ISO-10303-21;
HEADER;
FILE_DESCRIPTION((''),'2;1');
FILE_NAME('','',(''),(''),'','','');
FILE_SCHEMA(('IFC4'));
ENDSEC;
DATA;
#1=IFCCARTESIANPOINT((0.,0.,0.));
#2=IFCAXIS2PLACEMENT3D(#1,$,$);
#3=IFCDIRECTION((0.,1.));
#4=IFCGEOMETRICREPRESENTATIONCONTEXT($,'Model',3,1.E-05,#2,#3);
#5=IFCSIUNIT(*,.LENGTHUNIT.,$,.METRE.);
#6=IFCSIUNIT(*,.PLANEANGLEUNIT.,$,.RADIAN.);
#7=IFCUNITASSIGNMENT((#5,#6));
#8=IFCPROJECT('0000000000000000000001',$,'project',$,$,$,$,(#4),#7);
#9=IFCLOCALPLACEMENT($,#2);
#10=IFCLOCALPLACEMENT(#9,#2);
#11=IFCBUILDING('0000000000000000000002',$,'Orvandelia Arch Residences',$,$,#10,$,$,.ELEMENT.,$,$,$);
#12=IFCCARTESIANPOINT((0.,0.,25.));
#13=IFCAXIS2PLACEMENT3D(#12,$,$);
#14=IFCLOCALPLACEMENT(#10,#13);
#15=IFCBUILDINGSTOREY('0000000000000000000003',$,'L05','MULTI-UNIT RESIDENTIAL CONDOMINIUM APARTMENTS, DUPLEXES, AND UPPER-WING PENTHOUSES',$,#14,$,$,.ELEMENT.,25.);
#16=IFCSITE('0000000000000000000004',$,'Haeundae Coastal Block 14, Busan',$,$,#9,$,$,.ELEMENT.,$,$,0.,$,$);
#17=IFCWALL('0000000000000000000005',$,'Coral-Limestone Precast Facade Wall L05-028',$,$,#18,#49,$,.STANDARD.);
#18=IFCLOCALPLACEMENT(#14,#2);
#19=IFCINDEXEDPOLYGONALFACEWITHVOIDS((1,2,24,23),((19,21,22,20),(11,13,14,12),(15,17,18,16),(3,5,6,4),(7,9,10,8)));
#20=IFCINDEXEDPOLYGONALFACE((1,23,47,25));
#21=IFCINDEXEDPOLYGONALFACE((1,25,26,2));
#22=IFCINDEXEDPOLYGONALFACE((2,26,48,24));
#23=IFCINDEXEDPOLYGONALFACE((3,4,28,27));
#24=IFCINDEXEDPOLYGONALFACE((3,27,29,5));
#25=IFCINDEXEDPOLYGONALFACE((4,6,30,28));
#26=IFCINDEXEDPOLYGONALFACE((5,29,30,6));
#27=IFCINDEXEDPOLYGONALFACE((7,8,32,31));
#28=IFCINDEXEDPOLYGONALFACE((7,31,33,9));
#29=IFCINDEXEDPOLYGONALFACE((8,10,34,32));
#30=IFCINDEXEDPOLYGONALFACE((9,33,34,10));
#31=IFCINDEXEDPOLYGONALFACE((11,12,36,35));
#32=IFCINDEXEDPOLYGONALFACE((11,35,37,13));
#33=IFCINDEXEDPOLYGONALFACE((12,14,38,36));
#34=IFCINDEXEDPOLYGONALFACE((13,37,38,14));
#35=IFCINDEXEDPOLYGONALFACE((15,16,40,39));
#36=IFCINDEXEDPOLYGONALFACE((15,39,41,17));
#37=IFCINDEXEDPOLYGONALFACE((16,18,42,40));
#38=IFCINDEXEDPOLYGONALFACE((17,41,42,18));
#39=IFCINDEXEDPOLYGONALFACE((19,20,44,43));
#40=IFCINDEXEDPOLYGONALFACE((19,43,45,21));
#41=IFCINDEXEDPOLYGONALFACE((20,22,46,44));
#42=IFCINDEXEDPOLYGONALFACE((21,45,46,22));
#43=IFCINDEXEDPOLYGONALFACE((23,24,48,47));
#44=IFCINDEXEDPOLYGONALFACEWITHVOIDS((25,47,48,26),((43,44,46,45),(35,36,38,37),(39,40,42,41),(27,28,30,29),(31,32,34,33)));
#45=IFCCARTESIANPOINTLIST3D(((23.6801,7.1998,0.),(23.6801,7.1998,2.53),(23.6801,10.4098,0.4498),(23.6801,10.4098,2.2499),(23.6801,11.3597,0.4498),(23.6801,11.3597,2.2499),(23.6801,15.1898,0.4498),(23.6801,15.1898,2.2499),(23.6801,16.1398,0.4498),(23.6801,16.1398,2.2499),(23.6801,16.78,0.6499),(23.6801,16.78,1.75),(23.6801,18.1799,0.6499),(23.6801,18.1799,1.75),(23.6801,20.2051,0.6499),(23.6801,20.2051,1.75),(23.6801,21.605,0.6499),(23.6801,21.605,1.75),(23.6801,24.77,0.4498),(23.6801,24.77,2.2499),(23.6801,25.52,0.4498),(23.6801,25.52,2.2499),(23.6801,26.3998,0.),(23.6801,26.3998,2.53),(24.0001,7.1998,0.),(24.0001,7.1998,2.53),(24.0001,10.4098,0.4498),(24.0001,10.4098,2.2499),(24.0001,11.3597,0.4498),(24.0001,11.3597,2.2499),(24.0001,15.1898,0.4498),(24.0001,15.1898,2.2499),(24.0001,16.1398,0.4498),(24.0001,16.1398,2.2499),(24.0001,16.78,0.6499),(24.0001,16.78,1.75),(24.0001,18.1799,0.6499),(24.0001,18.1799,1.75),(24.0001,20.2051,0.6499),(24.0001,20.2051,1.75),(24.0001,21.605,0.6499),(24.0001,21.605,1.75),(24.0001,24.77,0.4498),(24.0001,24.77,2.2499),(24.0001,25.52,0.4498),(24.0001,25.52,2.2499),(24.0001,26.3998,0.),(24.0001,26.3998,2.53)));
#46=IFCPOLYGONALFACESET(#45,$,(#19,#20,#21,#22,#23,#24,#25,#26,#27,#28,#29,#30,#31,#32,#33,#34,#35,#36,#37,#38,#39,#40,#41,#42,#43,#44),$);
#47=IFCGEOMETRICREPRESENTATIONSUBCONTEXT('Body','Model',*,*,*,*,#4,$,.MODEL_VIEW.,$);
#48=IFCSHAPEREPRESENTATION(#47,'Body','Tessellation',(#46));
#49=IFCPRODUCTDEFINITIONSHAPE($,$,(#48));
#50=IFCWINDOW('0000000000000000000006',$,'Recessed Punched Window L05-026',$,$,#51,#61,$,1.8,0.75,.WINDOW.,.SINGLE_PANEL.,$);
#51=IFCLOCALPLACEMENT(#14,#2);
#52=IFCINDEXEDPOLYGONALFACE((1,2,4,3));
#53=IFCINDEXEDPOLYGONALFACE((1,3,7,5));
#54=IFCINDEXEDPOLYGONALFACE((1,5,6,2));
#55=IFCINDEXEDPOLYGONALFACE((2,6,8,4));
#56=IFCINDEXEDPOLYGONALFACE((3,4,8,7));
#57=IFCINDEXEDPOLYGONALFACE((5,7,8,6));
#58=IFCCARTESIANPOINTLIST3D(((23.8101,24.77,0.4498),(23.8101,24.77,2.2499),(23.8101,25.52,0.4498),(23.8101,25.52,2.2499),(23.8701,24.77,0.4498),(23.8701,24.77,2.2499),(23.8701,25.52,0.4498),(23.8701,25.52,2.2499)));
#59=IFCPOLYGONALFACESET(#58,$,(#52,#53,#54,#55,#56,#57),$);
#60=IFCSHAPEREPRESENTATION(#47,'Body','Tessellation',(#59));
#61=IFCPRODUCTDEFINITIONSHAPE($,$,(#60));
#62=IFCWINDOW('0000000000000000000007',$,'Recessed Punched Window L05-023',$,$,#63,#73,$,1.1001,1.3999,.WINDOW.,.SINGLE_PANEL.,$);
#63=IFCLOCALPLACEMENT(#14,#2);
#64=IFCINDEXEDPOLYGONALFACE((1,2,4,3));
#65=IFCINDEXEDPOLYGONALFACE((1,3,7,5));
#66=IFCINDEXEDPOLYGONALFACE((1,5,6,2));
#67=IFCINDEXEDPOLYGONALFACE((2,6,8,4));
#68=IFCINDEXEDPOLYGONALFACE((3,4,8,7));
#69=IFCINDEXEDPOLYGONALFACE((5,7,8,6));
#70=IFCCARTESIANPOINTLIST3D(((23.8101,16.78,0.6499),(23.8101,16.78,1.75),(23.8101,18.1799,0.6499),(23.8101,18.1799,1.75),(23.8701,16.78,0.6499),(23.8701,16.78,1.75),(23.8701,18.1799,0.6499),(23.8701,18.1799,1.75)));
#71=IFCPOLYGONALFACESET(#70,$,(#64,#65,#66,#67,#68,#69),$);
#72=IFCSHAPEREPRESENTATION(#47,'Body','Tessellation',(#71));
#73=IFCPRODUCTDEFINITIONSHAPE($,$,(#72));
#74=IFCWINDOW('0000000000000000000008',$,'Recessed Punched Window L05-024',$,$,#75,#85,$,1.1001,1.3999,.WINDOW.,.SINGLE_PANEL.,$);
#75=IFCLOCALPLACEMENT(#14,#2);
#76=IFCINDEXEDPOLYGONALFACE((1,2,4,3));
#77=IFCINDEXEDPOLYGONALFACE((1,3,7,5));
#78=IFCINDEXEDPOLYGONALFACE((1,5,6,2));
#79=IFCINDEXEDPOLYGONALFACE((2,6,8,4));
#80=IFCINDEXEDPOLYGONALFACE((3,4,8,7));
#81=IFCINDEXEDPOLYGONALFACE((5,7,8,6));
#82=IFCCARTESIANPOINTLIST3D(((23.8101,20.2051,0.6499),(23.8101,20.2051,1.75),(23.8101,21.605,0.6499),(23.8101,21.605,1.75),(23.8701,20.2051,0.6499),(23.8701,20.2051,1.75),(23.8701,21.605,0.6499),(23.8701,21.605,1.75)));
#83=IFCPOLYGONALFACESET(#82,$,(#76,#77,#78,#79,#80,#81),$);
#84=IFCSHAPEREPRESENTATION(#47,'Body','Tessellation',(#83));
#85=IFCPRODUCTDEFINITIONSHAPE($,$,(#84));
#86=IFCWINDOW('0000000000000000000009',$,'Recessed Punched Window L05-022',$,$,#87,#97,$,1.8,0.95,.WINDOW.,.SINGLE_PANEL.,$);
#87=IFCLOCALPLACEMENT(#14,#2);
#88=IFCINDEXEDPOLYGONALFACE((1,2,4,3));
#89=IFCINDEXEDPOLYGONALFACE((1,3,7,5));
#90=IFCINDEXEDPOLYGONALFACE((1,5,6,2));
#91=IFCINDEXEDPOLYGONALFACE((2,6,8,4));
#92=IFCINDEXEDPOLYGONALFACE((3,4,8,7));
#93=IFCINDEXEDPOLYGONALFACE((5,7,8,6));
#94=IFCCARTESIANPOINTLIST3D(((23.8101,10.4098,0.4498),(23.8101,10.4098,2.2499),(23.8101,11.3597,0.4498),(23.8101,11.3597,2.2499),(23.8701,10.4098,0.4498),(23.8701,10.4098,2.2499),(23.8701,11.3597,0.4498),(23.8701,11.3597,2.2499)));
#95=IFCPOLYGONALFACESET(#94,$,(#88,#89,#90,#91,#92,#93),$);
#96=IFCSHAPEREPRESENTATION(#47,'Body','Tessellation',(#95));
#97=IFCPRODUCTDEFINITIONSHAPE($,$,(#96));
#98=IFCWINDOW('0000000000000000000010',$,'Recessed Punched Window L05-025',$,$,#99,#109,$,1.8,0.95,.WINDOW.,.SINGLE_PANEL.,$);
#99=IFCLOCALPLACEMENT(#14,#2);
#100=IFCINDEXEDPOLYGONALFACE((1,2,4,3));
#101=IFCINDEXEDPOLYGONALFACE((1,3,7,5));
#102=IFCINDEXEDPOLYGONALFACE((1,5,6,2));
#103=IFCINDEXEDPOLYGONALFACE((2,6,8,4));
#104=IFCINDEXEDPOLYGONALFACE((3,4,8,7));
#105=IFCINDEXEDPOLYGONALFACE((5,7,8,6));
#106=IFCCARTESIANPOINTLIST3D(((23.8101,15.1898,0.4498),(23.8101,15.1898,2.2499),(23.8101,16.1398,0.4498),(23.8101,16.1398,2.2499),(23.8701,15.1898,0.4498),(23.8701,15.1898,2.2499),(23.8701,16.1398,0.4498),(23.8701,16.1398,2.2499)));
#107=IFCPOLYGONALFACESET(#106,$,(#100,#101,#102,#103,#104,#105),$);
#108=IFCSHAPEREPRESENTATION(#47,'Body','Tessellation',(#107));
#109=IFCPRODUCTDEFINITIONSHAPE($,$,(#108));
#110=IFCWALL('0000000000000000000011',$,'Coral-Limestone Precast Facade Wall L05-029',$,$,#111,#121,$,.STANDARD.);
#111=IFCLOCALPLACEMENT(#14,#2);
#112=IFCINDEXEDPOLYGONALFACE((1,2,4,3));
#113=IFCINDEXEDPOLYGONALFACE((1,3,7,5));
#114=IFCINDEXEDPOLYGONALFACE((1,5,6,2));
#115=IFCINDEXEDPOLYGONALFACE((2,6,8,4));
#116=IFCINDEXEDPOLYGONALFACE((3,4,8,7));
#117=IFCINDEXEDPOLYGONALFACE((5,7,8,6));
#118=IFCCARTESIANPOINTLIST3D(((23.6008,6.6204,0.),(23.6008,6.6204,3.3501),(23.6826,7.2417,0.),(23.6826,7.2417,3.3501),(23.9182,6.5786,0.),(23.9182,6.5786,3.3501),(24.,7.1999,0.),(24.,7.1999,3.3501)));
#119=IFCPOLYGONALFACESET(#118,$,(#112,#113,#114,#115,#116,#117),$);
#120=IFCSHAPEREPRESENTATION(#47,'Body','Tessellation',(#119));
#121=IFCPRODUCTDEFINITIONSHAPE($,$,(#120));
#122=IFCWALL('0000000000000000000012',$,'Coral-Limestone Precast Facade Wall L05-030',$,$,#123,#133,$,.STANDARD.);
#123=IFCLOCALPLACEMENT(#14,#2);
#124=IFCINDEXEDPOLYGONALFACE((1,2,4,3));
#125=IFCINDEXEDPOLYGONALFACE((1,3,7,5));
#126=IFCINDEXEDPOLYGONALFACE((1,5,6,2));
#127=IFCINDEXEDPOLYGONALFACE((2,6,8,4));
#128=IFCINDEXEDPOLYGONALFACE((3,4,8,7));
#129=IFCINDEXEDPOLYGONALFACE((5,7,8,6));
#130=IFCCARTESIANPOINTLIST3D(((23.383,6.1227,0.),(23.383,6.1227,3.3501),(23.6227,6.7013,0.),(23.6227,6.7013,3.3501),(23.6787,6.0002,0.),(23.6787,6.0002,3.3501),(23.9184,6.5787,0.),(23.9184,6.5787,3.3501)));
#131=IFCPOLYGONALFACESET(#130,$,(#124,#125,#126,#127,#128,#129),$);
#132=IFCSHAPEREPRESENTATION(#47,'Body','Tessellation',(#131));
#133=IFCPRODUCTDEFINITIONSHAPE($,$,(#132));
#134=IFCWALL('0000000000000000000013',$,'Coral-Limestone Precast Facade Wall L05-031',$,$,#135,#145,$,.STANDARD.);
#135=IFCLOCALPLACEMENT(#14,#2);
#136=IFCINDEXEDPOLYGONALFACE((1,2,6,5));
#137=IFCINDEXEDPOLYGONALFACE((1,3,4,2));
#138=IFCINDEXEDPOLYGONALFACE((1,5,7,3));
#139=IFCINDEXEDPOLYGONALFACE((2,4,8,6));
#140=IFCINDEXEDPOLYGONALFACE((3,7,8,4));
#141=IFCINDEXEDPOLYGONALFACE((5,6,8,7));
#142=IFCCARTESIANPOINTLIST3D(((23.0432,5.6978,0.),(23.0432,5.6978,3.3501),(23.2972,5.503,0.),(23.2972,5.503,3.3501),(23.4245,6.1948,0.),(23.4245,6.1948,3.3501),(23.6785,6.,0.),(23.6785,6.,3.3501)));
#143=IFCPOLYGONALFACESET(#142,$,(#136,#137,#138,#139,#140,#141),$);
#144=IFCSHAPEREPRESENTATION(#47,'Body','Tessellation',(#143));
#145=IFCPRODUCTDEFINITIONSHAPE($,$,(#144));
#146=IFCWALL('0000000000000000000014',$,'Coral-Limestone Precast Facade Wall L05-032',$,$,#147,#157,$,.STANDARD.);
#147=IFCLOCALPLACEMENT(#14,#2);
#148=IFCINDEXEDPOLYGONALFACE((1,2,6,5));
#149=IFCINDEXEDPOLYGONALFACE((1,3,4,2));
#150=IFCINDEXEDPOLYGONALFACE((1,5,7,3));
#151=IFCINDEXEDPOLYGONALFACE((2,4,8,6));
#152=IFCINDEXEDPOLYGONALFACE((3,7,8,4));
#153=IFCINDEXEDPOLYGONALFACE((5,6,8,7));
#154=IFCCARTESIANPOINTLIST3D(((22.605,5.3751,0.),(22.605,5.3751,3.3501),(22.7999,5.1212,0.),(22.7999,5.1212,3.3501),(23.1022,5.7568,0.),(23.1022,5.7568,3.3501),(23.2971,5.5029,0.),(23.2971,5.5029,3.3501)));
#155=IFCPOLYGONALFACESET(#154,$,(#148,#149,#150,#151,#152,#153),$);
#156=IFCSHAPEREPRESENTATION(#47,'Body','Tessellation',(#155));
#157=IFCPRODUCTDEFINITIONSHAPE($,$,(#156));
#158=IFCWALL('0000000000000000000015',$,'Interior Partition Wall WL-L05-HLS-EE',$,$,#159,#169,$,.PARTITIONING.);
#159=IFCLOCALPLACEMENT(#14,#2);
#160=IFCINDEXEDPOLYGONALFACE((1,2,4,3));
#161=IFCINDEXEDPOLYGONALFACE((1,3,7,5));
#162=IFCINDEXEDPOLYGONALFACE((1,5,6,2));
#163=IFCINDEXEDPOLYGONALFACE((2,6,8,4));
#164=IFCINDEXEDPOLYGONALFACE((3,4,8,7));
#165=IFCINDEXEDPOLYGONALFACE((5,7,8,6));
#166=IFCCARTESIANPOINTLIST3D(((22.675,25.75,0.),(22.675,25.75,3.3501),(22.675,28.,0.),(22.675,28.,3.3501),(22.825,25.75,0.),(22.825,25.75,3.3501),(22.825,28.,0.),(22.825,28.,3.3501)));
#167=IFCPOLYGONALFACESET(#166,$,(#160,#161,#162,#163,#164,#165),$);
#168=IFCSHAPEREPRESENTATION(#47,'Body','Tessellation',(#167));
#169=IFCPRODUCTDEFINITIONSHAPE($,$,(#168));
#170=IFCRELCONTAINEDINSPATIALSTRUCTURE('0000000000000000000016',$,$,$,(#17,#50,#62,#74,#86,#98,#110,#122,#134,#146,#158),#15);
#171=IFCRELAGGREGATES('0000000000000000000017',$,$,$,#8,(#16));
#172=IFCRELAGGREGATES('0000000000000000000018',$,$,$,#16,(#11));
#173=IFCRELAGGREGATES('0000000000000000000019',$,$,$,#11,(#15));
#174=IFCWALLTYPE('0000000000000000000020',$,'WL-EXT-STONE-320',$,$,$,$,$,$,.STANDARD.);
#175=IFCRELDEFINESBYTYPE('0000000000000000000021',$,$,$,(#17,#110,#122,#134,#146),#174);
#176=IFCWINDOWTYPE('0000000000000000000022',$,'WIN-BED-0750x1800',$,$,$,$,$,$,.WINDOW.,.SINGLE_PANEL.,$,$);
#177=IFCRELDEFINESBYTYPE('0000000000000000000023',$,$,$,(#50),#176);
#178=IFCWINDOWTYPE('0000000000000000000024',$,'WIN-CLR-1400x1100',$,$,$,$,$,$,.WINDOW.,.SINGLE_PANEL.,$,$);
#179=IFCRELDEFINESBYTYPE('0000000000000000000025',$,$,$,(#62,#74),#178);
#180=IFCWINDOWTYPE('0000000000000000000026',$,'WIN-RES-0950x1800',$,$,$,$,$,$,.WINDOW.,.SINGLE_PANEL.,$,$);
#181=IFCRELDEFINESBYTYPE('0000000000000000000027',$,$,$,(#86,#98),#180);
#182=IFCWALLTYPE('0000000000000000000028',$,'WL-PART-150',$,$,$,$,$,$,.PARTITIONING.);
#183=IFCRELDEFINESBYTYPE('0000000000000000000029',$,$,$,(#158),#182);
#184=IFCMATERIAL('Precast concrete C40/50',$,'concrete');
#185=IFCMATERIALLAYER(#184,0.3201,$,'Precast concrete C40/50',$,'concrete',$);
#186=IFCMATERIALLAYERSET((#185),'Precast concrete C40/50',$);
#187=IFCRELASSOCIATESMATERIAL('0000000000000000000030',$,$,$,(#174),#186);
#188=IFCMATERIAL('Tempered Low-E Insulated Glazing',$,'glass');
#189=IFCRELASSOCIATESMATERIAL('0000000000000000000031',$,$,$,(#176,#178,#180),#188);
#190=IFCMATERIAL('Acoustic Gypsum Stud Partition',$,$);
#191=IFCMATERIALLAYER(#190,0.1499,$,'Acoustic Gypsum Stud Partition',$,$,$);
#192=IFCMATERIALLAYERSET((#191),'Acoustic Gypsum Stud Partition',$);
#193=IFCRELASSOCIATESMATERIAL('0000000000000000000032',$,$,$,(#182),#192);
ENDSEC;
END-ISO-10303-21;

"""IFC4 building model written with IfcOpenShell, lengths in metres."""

from ifc_helpers import new_model, si_unit, direction, frame, frame_2d, origin, place, context, subcontext, project, spatial, rectangle, extrude, material, layer, layer_set, type_object, element, fill, save


model = new_model("IFC4")

# Units and contexts
model_context = context("Model", 3, precision=1e-05, world=origin(), true_north=direction((0.0, 1.0)))
body_context = subcontext(model_context, "Body", "Model", "MODEL_VIEW")
ifc_project = project(units=[si_unit("LENGTHUNIT", "METRE"), si_unit("PLANEANGLEUNIT", "RADIAN")], contexts=[model_context])

# Site, building, storey
site_placement = place(None, origin())
site = spatial("IfcSite", under=ifc_project, at=site_placement, Name="Haeundae Coastal Block 14, Busan", CompositionType="ELEMENT", RefElevation=0.0)
building_placement = place(site_placement, origin())
building = spatial("IfcBuilding", under=site, at=building_placement, Name="Orvandelia Arch Residences", CompositionType="ELEMENT")
storey_placement = place(building_placement, frame((0.0, 0.0, 25.0)))
storey = spatial("IfcBuildingStorey", under=building, at=storey_placement, Name="L05", Description="MULTI-UNIT RESIDENTIAL CONDOMINIUM APARTMENTS, DUPLEXES, AND UPPER-WING PENTHOUSES", CompositionType="ELEMENT", Elevation=25.0)

# Shared definitions
ifc_material_1 = material(Name="Precast concrete C40/50", Category="concrete")
ifc_layer_1 = layer(ifc_material_1, 0.3201, Name="Precast concrete C40/50", Category="concrete")
ifc_layer_set_1 = layer_set([ifc_layer_1], Name="Precast concrete C40/50")
wall_type_1 = type_object("IfcWallType", Name="WL-EXT-STONE-320", PredefinedType="STANDARD", material=ifc_layer_set_1)

# Wall, openings, windows
wall_1_placement = place(storey_placement, frame((23.8401, 26.3999, 0.0), z_axis=(0.0, 0.0, 1.0), x_axis=(0.0, -1.0, 0.0)))
wall_1 = element("IfcWall", 1, at=wall_1_placement, inside=storey, type_object=wall_type_1, Name="Coral-Limestone Precast Facade Wall L05-028", PredefinedType="STANDARD", context=body_context, shape_type="SweptSolid", body=[
    extrude(rectangle(XDim=19.2, YDim=0.3201, at=frame_2d((9.6001, 0.0))), origin(), (0.0, 0.0, 1.0), 2.53),
])
opening_1_placement = place(wall_1_placement, frame((15.04, 0.0, 0.45)))
opening_1 = element("IfcOpeningElement", 2, at=opening_1_placement, cuts=wall_1, PredefinedType="OPENING", context=body_context, shape_type="SweptSolid", body=[
    extrude(rectangle(XDim=0.95, YDim=1.8, at=frame_2d((0.4751, 0.8999))), frame((0.0, 0.1699, 0.0), z_axis=(0.0, -1.0, 0.0), x_axis=(1.0, 0.0, 0.0)), (0.0, 0.0, 1.0), 0.3401),
])
opening_2_placement = place(wall_1_placement, frame((8.22, 0.0, 0.6499)))
opening_2 = element("IfcOpeningElement", 3, at=opening_2_placement, cuts=wall_1, PredefinedType="OPENING", context=body_context, shape_type="SweptSolid", body=[
    extrude(rectangle(XDim=1.3999, YDim=1.1001, at=frame_2d((0.7, 0.55))), frame((0.0, 0.1699, 0.0), z_axis=(0.0, -1.0, 0.0), x_axis=(1.0, 0.0, 0.0)), (0.0, 0.0, 1.0), 0.3401),
])
opening_3_placement = place(wall_1_placement, frame((4.7949, 0.0, 0.6499)))
opening_3 = element("IfcOpeningElement", 4, at=opening_3_placement, cuts=wall_1, PredefinedType="OPENING", context=body_context, shape_type="SweptSolid", body=[
    extrude(rectangle(XDim=1.3999, YDim=1.1001, at=frame_2d((0.7, 0.55))), frame((0.0, 0.1699, 0.0), z_axis=(0.0, -1.0, 0.0), x_axis=(1.0, 0.0, 0.0)), (0.0, 0.0, 1.0), 0.3401),
])
opening_4_placement = place(wall_1_placement, frame((10.26, 0.0, 0.45)))
opening_4 = element("IfcOpeningElement", 5, at=opening_4_placement, cuts=wall_1, PredefinedType="OPENING", context=body_context, shape_type="SweptSolid", body=[
    extrude(rectangle(XDim=0.95, YDim=1.8, at=frame_2d((0.4751, 0.8999))), frame((0.0, 0.1699, 0.0), z_axis=(0.0, -1.0, 0.0), x_axis=(1.0, 0.0, 0.0)), (0.0, 0.0, 1.0), 0.3401),
])
opening_5_placement = place(wall_1_placement, frame((0.8799, 0.0, 0.45)))
opening_5 = element("IfcOpeningElement", 6, at=opening_5_placement, cuts=wall_1, PredefinedType="OPENING", context=body_context, shape_type="SweptSolid", body=[
    extrude(rectangle(XDim=0.75, YDim=1.8, at=frame_2d((0.375, 0.8999))), frame((0.0, 0.1699, 0.0), z_axis=(0.0, -1.0, 0.0), x_axis=(1.0, 0.0, 0.0)), (0.0, 0.0, 1.0), 0.3401),
])
ifc_material_2 = material(Name="Tempered Low-E Insulated Glazing", Category="glass")
window_type_1 = type_object("IfcWindowType", Name="WIN-BED-0750x1800", PartitioningType="SINGLE_PANEL", PredefinedType="WINDOW", material=ifc_material_2)
window_1_placement = place(opening_5_placement, origin())
window_1 = element("IfcWindow", 7, at=window_1_placement, inside=storey, type_object=window_type_1, Name="Recessed Punched Window L05-026", OverallHeight=1.8, OverallWidth=0.75, PartitioningType="SINGLE_PANEL", PredefinedType="WINDOW", context=body_context, shape_type="SweptSolid", body=[
    extrude(rectangle(XDim=0.75, YDim=1.8, at=frame_2d((0.375, 0.8999))), frame((0.0, 0.03, 0.0), z_axis=(0.0, -1.0, 0.0), x_axis=(1.0, 0.0, 0.0)), (0.0, 0.0, 1.0), 0.0601),
])
fill(opening_5, window_1)
window_type_2 = type_object("IfcWindowType", Name="WIN-CLR-1400x1100", PartitioningType="SINGLE_PANEL", PredefinedType="WINDOW", material=ifc_material_2)
window_2_placement = place(opening_2_placement, origin())
window_2 = element("IfcWindow", 8, at=window_2_placement, inside=storey, type_object=window_type_2, Name="Recessed Punched Window L05-023", OverallHeight=1.1001, OverallWidth=1.3999, PartitioningType="SINGLE_PANEL", PredefinedType="WINDOW", context=body_context, shape_type="SweptSolid", body=[
    extrude(rectangle(XDim=1.3999, YDim=1.1001, at=frame_2d((0.7, 0.55))), frame((0.0, 0.03, 0.0), z_axis=(0.0, -1.0, 0.0), x_axis=(1.0, 0.0, 0.0)), (0.0, 0.0, 1.0), 0.0601),
])
fill(opening_2, window_2)
window_3_placement = place(opening_3_placement, origin())
window_3 = element("IfcWindow", 9, at=window_3_placement, inside=storey, type_object=window_type_2, Name="Recessed Punched Window L05-024", OverallHeight=1.1001, OverallWidth=1.3999, PartitioningType="SINGLE_PANEL", PredefinedType="WINDOW", context=body_context, shape_type="SweptSolid", body=[
    extrude(rectangle(XDim=1.3999, YDim=1.1001, at=frame_2d((0.7, 0.55))), frame((0.0, 0.03, 0.0), z_axis=(0.0, -1.0, 0.0), x_axis=(1.0, 0.0, 0.0)), (0.0, 0.0, 1.0), 0.0601),
])
fill(opening_3, window_3)
window_type_3 = type_object("IfcWindowType", Name="WIN-RES-0950x1800", PartitioningType="SINGLE_PANEL", PredefinedType="WINDOW", material=ifc_material_2)
window_4_placement = place(opening_1_placement, origin())
window_4 = element("IfcWindow", 10, at=window_4_placement, inside=storey, type_object=window_type_3, Name="Recessed Punched Window L05-022", OverallHeight=1.8, OverallWidth=0.95, PartitioningType="SINGLE_PANEL", PredefinedType="WINDOW", context=body_context, shape_type="SweptSolid", body=[
    extrude(rectangle(XDim=0.95, YDim=1.8, at=frame_2d((0.4751, 0.8999))), frame((0.0, 0.03, 0.0), z_axis=(0.0, -1.0, 0.0), x_axis=(1.0, 0.0, 0.0)), (0.0, 0.0, 1.0), 0.0601),
])
fill(opening_1, window_4)
window_5_placement = place(opening_4_placement, origin())
window_5 = element("IfcWindow", 11, at=window_5_placement, inside=storey, type_object=window_type_3, Name="Recessed Punched Window L05-025", OverallHeight=1.8, OverallWidth=0.95, PartitioningType="SINGLE_PANEL", PredefinedType="WINDOW", context=body_context, shape_type="SweptSolid", body=[
    extrude(rectangle(XDim=0.95, YDim=1.8, at=frame_2d((0.4751, 0.8999))), frame((0.0, 0.03, 0.0), z_axis=(0.0, -1.0, 0.0), x_axis=(1.0, 0.0, 0.0)), (0.0, 0.0, 1.0), 0.0601),
])
fill(opening_4, window_5)

# Walls
wall_2_placement = place(storey_placement, frame((23.8413, 7.2209, 0.0), z_axis=(0.0, 0.0, 1.0), x_axis=(-0.130505, -0.991448, 0.0)))
element("IfcWall", 12, at=wall_2_placement, inside=storey, type_object=wall_type_1, Name="Coral-Limestone Precast Facade Wall L05-029", PredefinedType="STANDARD", context=body_context, shape_type="SweptSolid", body=[
    extrude(rectangle(XDim=0.6267, YDim=0.3201, at=frame_2d((0.3135, 0.0))), origin(), (0.0, 0.0, 1.0), 3.3501),
])
wall_3_placement = place(storey_placement, frame((23.7705, 6.6399, 0.0), z_axis=(0.0, 0.0, 1.0), x_axis=(-0.382788, -0.923836, 0.0)))
element("IfcWall", 13, at=wall_3_placement, inside=storey, type_object=wall_type_1, Name="Coral-Limestone Precast Facade Wall L05-030", PredefinedType="STANDARD", context=body_context, shape_type="SweptSolid", body=[
    extrude(rectangle(XDim=0.6262, YDim=0.3201, at=frame_2d((0.313, 0.0))), origin(), (0.0, 0.0, 1.0), 3.3501),
])
wall_4_placement = place(storey_placement, frame((23.5515, 6.0974, 0.0), z_axis=(0.0, 0.0, 1.0), x_axis=(-0.608693, -0.793406, 0.0)))
element("IfcWall", 14, at=wall_4_placement, inside=storey, type_object=wall_type_1, Name="Coral-Limestone Precast Facade Wall L05-031", PredefinedType="STANDARD", context=body_context, shape_type="SweptSolid", body=[
    extrude(rectangle(XDim=0.6265, YDim=0.3201, at=frame_2d((0.3132, 0.0))), origin(), (0.0, 0.0, 1.0), 3.3501),
])
wall_5_placement = place(storey_placement, frame((23.1997, 5.6299, 0.0), z_axis=(0.0, 0.0, 1.0), x_axis=(-0.793217, -0.608939, 0.0)))
element("IfcWall", 15, at=wall_5_placement, inside=storey, type_object=wall_type_1, Name="Coral-Limestone Precast Facade Wall L05-032", PredefinedType="STANDARD", context=body_context, shape_type="SweptSolid", body=[
    extrude(rectangle(XDim=0.6267, YDim=0.3201, at=frame_2d((0.3135, 0.0))), origin(), (0.0, 0.0, 1.0), 3.3501),
])
ifc_material_3 = material(Name="Acoustic Gypsum Stud Partition")
ifc_layer_2 = layer(ifc_material_3, 0.1499, Name="Acoustic Gypsum Stud Partition")
ifc_layer_set_2 = layer_set([ifc_layer_2], Name="Acoustic Gypsum Stud Partition")
wall_type_2 = type_object("IfcWallType", Name="WL-PART-150", PredefinedType="PARTITIONING", material=ifc_layer_set_2)
wall_6_placement = place(storey_placement, frame((22.75, 25.75, 0.0), z_axis=(0.0, 0.0, 1.0), x_axis=(0.0, 1.0, 0.0)))
element("IfcWall", 16, at=wall_6_placement, inside=storey, type_object=wall_type_2, Name="Interior Partition Wall WL-L05-HLS-EE", PredefinedType="PARTITIONING", context=body_context, shape_type="SweptSolid", body=[
    extrude(rectangle(XDim=2.25, YDim=0.1499, at=frame_2d((1.125, 0.0))), origin(), (0.0, 0.0, 1.0), 3.3501),
])

save(model, "model.ifc")
